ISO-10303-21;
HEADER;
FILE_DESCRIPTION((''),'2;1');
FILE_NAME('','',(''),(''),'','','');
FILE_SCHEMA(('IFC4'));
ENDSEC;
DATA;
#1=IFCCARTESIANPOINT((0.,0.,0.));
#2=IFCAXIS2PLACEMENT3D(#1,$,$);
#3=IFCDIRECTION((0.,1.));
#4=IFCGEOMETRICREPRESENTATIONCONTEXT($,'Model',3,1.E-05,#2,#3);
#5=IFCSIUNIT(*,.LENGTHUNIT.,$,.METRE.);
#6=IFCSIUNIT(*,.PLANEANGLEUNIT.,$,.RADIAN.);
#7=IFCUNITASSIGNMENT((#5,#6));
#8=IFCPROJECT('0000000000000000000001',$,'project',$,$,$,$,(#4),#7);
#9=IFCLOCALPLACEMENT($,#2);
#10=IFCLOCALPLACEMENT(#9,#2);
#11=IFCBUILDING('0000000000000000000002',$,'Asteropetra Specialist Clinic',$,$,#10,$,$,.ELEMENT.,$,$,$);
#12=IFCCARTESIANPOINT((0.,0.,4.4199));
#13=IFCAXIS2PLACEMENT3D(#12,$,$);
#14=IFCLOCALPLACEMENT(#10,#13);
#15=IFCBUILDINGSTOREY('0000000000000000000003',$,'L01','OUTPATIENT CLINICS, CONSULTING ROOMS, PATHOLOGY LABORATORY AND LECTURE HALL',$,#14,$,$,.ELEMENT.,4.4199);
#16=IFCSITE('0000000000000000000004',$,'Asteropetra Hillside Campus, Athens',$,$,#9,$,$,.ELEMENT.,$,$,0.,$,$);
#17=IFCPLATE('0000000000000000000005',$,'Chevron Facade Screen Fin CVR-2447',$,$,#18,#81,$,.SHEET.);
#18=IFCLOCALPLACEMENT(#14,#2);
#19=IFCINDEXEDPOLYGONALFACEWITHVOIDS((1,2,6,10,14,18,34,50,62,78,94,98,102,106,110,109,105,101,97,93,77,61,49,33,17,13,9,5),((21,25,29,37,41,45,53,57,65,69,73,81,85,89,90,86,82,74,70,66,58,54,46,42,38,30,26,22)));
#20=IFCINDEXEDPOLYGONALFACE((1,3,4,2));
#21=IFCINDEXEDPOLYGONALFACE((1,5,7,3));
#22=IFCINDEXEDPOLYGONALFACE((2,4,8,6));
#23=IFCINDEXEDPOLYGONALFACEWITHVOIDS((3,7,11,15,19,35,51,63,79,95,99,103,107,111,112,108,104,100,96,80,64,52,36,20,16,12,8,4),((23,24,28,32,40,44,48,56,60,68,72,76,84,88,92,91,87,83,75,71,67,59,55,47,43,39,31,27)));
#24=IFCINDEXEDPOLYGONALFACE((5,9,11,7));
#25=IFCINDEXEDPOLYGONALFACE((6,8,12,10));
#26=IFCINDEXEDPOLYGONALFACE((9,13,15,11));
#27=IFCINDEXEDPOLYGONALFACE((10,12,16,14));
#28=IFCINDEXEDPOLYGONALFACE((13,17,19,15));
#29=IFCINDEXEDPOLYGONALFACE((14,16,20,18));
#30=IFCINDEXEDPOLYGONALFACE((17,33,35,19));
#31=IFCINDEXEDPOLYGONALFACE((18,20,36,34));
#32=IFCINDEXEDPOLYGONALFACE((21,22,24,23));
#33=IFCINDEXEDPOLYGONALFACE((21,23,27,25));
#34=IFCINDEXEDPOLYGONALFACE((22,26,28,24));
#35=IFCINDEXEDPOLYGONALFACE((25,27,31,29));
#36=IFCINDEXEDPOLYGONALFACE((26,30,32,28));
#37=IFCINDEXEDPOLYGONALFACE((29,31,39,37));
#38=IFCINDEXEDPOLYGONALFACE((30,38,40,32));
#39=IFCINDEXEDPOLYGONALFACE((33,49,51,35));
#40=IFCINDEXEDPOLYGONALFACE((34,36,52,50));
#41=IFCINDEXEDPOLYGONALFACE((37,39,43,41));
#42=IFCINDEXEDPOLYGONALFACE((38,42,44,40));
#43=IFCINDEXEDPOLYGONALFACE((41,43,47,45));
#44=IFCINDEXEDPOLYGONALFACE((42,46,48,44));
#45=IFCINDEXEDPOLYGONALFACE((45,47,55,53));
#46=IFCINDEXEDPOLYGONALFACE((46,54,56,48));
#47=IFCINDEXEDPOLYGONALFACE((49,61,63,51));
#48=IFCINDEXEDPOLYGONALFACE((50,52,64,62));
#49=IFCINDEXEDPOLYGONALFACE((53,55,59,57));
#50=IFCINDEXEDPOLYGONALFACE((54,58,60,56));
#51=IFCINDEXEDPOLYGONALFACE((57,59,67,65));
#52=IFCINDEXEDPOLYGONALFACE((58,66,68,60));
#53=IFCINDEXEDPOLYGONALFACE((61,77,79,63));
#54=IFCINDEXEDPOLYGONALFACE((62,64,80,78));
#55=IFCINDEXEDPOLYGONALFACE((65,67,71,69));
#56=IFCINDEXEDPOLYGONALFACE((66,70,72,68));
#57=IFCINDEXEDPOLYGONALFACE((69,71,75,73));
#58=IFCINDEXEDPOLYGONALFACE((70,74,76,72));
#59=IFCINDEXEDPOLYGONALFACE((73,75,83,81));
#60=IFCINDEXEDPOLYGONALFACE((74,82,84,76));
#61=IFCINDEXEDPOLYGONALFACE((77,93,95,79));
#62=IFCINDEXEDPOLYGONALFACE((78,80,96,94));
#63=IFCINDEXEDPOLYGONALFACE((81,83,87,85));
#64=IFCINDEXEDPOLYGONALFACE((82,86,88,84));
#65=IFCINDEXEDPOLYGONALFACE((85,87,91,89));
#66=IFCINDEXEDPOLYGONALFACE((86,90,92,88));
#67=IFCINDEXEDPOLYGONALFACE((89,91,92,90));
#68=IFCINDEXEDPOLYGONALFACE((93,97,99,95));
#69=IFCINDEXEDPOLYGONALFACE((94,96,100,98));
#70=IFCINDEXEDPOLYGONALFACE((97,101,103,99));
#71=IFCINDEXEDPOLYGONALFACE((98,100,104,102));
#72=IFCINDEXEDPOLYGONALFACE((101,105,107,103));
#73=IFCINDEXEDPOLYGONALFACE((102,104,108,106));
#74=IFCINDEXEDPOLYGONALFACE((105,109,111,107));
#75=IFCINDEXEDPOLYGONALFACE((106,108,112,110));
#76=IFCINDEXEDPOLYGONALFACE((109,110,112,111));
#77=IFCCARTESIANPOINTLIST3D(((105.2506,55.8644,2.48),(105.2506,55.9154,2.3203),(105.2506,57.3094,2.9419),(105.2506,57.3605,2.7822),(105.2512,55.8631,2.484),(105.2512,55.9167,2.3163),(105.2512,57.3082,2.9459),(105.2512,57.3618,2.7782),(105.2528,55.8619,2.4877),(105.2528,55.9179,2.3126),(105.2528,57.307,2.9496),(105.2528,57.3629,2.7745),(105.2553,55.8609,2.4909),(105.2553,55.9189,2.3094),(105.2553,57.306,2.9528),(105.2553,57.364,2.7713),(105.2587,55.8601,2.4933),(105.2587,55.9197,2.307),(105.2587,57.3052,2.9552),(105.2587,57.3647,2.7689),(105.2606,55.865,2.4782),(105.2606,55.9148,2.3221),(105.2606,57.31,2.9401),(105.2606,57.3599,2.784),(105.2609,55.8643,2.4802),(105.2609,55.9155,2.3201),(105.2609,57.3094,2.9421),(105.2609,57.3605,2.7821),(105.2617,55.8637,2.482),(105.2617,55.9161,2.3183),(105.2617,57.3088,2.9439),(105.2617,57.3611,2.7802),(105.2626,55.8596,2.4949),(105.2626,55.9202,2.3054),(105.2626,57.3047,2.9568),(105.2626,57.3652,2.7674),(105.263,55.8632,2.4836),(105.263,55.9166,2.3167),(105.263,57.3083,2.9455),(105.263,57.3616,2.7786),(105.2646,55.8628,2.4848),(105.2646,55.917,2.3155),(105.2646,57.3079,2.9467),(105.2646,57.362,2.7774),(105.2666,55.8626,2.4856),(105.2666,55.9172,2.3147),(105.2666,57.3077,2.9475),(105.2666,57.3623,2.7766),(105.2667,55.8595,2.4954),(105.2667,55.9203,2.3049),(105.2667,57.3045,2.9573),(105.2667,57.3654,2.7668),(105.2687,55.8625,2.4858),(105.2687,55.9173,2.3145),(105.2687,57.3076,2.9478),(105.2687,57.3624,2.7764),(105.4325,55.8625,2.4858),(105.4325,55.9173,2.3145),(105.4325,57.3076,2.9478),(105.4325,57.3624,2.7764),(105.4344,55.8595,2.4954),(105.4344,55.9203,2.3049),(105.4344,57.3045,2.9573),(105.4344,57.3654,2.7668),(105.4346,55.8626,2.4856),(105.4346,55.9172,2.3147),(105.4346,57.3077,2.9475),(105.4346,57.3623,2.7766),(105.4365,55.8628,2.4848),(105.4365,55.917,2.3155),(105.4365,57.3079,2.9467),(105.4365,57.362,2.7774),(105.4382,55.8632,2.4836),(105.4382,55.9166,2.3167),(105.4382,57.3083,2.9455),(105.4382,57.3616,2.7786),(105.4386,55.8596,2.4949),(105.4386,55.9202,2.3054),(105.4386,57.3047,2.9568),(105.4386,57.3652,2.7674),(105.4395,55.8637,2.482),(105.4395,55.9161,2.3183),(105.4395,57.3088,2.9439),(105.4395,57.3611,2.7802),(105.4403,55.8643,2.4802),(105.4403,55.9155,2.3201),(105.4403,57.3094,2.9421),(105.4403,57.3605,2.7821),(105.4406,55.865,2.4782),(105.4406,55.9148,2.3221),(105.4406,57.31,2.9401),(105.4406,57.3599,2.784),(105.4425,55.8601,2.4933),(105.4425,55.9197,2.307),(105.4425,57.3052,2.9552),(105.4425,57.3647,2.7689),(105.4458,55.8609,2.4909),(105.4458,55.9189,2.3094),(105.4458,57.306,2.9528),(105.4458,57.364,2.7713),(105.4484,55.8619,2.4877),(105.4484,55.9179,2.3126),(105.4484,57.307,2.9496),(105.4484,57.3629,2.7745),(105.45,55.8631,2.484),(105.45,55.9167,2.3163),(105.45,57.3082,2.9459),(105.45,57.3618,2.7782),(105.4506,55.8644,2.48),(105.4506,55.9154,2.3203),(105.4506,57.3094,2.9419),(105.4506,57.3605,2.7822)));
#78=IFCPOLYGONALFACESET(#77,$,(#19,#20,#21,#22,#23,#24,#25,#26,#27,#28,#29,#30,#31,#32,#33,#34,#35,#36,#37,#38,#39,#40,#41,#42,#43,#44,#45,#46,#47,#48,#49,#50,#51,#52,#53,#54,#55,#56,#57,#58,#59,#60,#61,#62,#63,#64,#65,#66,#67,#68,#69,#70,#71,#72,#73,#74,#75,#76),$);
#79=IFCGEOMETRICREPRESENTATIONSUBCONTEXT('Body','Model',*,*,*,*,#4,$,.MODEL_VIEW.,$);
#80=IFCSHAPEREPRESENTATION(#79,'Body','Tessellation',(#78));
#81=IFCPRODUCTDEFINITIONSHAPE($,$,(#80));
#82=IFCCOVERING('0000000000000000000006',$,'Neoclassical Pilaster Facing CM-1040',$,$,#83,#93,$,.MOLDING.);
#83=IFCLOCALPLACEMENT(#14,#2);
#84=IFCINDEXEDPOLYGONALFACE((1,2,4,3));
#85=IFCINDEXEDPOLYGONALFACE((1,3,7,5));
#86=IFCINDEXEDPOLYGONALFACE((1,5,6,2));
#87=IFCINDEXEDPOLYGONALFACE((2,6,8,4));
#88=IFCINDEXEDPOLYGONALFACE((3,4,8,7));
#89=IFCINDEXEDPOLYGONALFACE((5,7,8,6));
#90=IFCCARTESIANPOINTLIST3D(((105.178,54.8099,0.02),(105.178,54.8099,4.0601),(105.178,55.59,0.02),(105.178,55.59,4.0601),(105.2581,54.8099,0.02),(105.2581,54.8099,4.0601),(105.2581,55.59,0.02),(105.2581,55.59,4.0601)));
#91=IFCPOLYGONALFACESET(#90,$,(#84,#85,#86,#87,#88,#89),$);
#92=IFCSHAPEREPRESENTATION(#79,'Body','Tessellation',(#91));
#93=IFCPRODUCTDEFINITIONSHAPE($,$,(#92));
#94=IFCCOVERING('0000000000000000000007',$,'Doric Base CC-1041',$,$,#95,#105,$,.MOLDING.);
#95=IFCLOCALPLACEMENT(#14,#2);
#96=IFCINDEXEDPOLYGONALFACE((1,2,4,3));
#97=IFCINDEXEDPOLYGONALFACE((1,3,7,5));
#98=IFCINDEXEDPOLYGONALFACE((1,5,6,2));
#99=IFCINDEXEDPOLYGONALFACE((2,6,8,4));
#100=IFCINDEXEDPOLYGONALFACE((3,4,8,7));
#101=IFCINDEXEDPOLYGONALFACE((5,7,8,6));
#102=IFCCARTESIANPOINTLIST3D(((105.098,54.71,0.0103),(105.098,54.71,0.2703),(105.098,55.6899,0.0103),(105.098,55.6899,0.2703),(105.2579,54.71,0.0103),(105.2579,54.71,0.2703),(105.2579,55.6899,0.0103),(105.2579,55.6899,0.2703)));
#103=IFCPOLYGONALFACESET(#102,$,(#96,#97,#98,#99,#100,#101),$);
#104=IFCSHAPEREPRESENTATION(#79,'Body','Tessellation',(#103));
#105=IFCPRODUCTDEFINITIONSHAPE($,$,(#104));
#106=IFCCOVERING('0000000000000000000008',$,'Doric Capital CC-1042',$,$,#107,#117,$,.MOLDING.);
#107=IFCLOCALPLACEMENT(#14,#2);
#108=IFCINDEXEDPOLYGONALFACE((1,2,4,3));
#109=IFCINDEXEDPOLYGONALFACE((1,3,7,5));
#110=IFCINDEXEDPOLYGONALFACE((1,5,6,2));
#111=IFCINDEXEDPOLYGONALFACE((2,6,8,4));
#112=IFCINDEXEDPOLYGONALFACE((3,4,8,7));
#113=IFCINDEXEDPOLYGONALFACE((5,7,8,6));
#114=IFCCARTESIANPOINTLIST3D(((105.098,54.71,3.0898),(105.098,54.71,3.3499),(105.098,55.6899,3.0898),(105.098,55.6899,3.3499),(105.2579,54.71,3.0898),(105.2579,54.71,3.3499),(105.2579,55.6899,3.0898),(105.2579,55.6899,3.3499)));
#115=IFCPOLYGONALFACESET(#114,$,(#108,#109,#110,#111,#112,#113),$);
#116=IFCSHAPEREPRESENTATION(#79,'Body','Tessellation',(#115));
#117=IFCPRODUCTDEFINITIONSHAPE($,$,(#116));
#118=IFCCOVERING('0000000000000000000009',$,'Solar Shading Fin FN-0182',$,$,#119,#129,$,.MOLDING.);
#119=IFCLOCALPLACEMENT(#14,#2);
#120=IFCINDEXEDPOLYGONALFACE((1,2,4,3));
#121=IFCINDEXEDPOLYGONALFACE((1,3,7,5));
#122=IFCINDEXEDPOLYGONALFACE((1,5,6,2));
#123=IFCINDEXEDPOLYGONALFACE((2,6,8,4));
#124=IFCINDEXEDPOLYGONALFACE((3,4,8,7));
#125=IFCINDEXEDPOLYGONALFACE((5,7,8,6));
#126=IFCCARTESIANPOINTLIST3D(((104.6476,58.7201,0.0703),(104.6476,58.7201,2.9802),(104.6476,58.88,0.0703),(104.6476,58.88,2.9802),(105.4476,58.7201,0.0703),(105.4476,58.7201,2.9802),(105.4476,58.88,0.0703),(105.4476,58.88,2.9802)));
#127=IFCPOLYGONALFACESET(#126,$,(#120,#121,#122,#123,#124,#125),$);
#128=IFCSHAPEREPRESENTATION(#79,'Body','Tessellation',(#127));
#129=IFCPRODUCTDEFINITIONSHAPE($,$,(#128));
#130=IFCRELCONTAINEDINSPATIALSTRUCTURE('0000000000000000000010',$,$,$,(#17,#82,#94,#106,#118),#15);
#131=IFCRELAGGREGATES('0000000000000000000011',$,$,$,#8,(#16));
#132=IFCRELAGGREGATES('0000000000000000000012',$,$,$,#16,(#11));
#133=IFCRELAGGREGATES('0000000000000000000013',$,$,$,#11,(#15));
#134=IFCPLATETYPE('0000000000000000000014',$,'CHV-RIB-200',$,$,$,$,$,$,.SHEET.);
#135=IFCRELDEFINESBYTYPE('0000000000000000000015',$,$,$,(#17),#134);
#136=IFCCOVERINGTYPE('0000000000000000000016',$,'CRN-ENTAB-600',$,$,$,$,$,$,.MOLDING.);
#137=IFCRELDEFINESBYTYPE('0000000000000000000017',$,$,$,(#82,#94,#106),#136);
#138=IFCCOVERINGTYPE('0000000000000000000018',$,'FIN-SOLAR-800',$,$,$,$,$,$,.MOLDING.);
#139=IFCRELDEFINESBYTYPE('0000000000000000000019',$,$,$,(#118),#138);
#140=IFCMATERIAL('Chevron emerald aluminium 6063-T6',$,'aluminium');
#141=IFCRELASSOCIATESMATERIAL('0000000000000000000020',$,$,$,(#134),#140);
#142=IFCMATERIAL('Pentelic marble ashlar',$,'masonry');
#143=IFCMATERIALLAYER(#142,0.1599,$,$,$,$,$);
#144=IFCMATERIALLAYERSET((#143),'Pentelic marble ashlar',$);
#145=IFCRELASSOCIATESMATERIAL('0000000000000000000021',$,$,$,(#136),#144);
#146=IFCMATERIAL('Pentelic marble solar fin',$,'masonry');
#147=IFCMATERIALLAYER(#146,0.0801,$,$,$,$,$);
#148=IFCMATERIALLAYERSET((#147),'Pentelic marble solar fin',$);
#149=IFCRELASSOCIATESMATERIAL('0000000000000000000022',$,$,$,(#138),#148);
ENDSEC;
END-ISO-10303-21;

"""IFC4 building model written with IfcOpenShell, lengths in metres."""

from ifc_helpers import new_model, si_unit, direction, frame, origin, origin_2d, place, context, subcontext, project, spatial, rectangle, hollow_rectangle, extrude, material, layer, layer_set, material_profile, profile_set, type_object, element, save


model = new_model("IFC4")

# Units and contexts
model_context = context("Model", 3, precision=1e-05, world=origin(), true_north=direction((0.0, 1.0)))
body_context = subcontext(model_context, "Body", "Model", "MODEL_VIEW")
ifc_project = project(units=[si_unit("LENGTHUNIT", "METRE"), si_unit("PLANEANGLEUNIT", "RADIAN")], contexts=[model_context])

# Site, building, storey
site_placement = place(None, origin())
site = spatial("IfcSite", under=ifc_project, at=site_placement, Name="Asteropetra Hillside Campus, Athens", CompositionType="ELEMENT", RefElevation=0.0)
building_placement = place(site_placement, origin())
building = spatial("IfcBuilding", under=site, at=building_placement, Name="Asteropetra Specialist Clinic", CompositionType="ELEMENT")
storey_placement = place(building_placement, frame((0.0, 0.0, 4.4199)))
storey = spatial("IfcBuildingStorey", under=building, at=storey_placement, Name="L01", Description="OUTPATIENT CLINICS, CONSULTING ROOMS, PATHOLOGY LABORATORY AND LECTURE HALL", CompositionType="ELEMENT", Elevation=4.4199)

# Plate
ifc_material_1 = material(Name="Chevron emerald aluminium 6063-T6", Category="aluminium")
ifc_material_profile = material_profile(ifc_material_1, hollow_rectangle(XDim=0.2, YDim=0.2, WallThickness=0.01, InnerFilletRadius=0.0081, OuterFilletRadius=0.0161, at=origin_2d()), Name="SHS 200x200x10.0")
ifc_profile_set = profile_set([ifc_material_profile], Name="Chevron emerald aluminium 6063-T6")
plate_type = type_object("IfcPlateType", Name="CHV-RIB-200", PredefinedType="SHEET", material=ifc_profile_set)
for number, where, z_axis, x_axis, name in (
    (1, (105.3506, 57.335, 2.8621), (0.0, -0.952521, -0.304472), (1.0, 0.0, 0.0), "Chevron Facade Screen Fin CVR-2447"),
):
    element("IfcPlate", number, at=place(storey_placement, frame(where, z_axis=z_axis, x_axis=x_axis)), inside=storey, type_object=plate_type, Name=name, PredefinedType="SHEET", context=body_context, shape_type="SweptSolid", body=[
        extrude(hollow_rectangle(XDim=0.2, YDim=0.2, WallThickness=0.01, InnerFilletRadius=0.0081, OuterFilletRadius=0.0161, at=origin_2d()), origin(), (0.0, 0.0, 1.0), 1.5171),
    ])

# Coverings
ifc_material_2 = material(Name="Pentelic marble ashlar", Category="masonry")
ifc_layer_1 = layer(ifc_material_2, 0.1599)
ifc_layer_set_1 = layer_set([ifc_layer_1], Name="Pentelic marble ashlar")
covering_type_1 = type_object("IfcCoveringType", Name="CRN-ENTAB-600", PredefinedType="MOLDING", material=ifc_layer_set_1)
covering_1_placement = place(storey_placement, frame((105.218, 55.2, 0.02), z_axis=(0.0, 0.0, 1.0), x_axis=(1.0, 0.0, 0.0)))
element("IfcCovering", 2, at=covering_1_placement, inside=storey, type_object=covering_type_1, Name="Neoclassical Pilaster Facing CM-1040", PredefinedType="MOLDING", context=body_context, shape_type="SweptSolid", body=[
    extrude(rectangle(XDim=0.0801, YDim=0.78, at=origin_2d()), origin(), (0.0, 0.0, 1.0), 4.04),
])
for number, where, z_axis, x_axis, name in (
    (3, (105.178, 55.2, 0.0103), (0.0, 0.0, 1.0), (1.0, 0.0, 0.0), "Doric Base CC-1041"),
    (4, (105.178, 55.2, 3.0898), (0.0, 0.0, 1.0), (1.0, 0.0, 0.0), "Doric Capital CC-1042"),
):
    element("IfcCovering", number, at=place(storey_placement, frame(where, z_axis=z_axis, x_axis=x_axis)), inside=storey, type_object=covering_type_1, Name=name, PredefinedType="MOLDING", context=body_context, shape_type="SweptSolid", body=[
        extrude(rectangle(XDim=0.1599, YDim=0.98, at=origin_2d()), origin(), (0.0, 0.0, 1.0), 0.26),
    ])
ifc_material_3 = material(Name="Pentelic marble solar fin", Category="masonry")
ifc_layer_2 = layer(ifc_material_3, 0.0801)
ifc_layer_set_2 = layer_set([ifc_layer_2], Name="Pentelic marble solar fin")
covering_type_2 = type_object("IfcCoveringType", Name="FIN-SOLAR-800", PredefinedType="MOLDING", material=ifc_layer_set_2)
covering_2_placement = place(storey_placement, frame((105.0476, 58.8, 0.0703), z_axis=(0.0, 0.0, 1.0), x_axis=(1.0, 0.0, 0.0)))
element("IfcCovering", 5, at=covering_2_placement, inside=storey, type_object=covering_type_2, Name="Solar Shading Fin FN-0182", PredefinedType="MOLDING", context=body_context, shape_type="SweptSolid", body=[
    extrude(rectangle(XDim=0.8, YDim=0.1599, at=origin_2d()), origin(), (0.0, 0.0, 1.0), 2.9099),
])

save(model, "model.ifc")
